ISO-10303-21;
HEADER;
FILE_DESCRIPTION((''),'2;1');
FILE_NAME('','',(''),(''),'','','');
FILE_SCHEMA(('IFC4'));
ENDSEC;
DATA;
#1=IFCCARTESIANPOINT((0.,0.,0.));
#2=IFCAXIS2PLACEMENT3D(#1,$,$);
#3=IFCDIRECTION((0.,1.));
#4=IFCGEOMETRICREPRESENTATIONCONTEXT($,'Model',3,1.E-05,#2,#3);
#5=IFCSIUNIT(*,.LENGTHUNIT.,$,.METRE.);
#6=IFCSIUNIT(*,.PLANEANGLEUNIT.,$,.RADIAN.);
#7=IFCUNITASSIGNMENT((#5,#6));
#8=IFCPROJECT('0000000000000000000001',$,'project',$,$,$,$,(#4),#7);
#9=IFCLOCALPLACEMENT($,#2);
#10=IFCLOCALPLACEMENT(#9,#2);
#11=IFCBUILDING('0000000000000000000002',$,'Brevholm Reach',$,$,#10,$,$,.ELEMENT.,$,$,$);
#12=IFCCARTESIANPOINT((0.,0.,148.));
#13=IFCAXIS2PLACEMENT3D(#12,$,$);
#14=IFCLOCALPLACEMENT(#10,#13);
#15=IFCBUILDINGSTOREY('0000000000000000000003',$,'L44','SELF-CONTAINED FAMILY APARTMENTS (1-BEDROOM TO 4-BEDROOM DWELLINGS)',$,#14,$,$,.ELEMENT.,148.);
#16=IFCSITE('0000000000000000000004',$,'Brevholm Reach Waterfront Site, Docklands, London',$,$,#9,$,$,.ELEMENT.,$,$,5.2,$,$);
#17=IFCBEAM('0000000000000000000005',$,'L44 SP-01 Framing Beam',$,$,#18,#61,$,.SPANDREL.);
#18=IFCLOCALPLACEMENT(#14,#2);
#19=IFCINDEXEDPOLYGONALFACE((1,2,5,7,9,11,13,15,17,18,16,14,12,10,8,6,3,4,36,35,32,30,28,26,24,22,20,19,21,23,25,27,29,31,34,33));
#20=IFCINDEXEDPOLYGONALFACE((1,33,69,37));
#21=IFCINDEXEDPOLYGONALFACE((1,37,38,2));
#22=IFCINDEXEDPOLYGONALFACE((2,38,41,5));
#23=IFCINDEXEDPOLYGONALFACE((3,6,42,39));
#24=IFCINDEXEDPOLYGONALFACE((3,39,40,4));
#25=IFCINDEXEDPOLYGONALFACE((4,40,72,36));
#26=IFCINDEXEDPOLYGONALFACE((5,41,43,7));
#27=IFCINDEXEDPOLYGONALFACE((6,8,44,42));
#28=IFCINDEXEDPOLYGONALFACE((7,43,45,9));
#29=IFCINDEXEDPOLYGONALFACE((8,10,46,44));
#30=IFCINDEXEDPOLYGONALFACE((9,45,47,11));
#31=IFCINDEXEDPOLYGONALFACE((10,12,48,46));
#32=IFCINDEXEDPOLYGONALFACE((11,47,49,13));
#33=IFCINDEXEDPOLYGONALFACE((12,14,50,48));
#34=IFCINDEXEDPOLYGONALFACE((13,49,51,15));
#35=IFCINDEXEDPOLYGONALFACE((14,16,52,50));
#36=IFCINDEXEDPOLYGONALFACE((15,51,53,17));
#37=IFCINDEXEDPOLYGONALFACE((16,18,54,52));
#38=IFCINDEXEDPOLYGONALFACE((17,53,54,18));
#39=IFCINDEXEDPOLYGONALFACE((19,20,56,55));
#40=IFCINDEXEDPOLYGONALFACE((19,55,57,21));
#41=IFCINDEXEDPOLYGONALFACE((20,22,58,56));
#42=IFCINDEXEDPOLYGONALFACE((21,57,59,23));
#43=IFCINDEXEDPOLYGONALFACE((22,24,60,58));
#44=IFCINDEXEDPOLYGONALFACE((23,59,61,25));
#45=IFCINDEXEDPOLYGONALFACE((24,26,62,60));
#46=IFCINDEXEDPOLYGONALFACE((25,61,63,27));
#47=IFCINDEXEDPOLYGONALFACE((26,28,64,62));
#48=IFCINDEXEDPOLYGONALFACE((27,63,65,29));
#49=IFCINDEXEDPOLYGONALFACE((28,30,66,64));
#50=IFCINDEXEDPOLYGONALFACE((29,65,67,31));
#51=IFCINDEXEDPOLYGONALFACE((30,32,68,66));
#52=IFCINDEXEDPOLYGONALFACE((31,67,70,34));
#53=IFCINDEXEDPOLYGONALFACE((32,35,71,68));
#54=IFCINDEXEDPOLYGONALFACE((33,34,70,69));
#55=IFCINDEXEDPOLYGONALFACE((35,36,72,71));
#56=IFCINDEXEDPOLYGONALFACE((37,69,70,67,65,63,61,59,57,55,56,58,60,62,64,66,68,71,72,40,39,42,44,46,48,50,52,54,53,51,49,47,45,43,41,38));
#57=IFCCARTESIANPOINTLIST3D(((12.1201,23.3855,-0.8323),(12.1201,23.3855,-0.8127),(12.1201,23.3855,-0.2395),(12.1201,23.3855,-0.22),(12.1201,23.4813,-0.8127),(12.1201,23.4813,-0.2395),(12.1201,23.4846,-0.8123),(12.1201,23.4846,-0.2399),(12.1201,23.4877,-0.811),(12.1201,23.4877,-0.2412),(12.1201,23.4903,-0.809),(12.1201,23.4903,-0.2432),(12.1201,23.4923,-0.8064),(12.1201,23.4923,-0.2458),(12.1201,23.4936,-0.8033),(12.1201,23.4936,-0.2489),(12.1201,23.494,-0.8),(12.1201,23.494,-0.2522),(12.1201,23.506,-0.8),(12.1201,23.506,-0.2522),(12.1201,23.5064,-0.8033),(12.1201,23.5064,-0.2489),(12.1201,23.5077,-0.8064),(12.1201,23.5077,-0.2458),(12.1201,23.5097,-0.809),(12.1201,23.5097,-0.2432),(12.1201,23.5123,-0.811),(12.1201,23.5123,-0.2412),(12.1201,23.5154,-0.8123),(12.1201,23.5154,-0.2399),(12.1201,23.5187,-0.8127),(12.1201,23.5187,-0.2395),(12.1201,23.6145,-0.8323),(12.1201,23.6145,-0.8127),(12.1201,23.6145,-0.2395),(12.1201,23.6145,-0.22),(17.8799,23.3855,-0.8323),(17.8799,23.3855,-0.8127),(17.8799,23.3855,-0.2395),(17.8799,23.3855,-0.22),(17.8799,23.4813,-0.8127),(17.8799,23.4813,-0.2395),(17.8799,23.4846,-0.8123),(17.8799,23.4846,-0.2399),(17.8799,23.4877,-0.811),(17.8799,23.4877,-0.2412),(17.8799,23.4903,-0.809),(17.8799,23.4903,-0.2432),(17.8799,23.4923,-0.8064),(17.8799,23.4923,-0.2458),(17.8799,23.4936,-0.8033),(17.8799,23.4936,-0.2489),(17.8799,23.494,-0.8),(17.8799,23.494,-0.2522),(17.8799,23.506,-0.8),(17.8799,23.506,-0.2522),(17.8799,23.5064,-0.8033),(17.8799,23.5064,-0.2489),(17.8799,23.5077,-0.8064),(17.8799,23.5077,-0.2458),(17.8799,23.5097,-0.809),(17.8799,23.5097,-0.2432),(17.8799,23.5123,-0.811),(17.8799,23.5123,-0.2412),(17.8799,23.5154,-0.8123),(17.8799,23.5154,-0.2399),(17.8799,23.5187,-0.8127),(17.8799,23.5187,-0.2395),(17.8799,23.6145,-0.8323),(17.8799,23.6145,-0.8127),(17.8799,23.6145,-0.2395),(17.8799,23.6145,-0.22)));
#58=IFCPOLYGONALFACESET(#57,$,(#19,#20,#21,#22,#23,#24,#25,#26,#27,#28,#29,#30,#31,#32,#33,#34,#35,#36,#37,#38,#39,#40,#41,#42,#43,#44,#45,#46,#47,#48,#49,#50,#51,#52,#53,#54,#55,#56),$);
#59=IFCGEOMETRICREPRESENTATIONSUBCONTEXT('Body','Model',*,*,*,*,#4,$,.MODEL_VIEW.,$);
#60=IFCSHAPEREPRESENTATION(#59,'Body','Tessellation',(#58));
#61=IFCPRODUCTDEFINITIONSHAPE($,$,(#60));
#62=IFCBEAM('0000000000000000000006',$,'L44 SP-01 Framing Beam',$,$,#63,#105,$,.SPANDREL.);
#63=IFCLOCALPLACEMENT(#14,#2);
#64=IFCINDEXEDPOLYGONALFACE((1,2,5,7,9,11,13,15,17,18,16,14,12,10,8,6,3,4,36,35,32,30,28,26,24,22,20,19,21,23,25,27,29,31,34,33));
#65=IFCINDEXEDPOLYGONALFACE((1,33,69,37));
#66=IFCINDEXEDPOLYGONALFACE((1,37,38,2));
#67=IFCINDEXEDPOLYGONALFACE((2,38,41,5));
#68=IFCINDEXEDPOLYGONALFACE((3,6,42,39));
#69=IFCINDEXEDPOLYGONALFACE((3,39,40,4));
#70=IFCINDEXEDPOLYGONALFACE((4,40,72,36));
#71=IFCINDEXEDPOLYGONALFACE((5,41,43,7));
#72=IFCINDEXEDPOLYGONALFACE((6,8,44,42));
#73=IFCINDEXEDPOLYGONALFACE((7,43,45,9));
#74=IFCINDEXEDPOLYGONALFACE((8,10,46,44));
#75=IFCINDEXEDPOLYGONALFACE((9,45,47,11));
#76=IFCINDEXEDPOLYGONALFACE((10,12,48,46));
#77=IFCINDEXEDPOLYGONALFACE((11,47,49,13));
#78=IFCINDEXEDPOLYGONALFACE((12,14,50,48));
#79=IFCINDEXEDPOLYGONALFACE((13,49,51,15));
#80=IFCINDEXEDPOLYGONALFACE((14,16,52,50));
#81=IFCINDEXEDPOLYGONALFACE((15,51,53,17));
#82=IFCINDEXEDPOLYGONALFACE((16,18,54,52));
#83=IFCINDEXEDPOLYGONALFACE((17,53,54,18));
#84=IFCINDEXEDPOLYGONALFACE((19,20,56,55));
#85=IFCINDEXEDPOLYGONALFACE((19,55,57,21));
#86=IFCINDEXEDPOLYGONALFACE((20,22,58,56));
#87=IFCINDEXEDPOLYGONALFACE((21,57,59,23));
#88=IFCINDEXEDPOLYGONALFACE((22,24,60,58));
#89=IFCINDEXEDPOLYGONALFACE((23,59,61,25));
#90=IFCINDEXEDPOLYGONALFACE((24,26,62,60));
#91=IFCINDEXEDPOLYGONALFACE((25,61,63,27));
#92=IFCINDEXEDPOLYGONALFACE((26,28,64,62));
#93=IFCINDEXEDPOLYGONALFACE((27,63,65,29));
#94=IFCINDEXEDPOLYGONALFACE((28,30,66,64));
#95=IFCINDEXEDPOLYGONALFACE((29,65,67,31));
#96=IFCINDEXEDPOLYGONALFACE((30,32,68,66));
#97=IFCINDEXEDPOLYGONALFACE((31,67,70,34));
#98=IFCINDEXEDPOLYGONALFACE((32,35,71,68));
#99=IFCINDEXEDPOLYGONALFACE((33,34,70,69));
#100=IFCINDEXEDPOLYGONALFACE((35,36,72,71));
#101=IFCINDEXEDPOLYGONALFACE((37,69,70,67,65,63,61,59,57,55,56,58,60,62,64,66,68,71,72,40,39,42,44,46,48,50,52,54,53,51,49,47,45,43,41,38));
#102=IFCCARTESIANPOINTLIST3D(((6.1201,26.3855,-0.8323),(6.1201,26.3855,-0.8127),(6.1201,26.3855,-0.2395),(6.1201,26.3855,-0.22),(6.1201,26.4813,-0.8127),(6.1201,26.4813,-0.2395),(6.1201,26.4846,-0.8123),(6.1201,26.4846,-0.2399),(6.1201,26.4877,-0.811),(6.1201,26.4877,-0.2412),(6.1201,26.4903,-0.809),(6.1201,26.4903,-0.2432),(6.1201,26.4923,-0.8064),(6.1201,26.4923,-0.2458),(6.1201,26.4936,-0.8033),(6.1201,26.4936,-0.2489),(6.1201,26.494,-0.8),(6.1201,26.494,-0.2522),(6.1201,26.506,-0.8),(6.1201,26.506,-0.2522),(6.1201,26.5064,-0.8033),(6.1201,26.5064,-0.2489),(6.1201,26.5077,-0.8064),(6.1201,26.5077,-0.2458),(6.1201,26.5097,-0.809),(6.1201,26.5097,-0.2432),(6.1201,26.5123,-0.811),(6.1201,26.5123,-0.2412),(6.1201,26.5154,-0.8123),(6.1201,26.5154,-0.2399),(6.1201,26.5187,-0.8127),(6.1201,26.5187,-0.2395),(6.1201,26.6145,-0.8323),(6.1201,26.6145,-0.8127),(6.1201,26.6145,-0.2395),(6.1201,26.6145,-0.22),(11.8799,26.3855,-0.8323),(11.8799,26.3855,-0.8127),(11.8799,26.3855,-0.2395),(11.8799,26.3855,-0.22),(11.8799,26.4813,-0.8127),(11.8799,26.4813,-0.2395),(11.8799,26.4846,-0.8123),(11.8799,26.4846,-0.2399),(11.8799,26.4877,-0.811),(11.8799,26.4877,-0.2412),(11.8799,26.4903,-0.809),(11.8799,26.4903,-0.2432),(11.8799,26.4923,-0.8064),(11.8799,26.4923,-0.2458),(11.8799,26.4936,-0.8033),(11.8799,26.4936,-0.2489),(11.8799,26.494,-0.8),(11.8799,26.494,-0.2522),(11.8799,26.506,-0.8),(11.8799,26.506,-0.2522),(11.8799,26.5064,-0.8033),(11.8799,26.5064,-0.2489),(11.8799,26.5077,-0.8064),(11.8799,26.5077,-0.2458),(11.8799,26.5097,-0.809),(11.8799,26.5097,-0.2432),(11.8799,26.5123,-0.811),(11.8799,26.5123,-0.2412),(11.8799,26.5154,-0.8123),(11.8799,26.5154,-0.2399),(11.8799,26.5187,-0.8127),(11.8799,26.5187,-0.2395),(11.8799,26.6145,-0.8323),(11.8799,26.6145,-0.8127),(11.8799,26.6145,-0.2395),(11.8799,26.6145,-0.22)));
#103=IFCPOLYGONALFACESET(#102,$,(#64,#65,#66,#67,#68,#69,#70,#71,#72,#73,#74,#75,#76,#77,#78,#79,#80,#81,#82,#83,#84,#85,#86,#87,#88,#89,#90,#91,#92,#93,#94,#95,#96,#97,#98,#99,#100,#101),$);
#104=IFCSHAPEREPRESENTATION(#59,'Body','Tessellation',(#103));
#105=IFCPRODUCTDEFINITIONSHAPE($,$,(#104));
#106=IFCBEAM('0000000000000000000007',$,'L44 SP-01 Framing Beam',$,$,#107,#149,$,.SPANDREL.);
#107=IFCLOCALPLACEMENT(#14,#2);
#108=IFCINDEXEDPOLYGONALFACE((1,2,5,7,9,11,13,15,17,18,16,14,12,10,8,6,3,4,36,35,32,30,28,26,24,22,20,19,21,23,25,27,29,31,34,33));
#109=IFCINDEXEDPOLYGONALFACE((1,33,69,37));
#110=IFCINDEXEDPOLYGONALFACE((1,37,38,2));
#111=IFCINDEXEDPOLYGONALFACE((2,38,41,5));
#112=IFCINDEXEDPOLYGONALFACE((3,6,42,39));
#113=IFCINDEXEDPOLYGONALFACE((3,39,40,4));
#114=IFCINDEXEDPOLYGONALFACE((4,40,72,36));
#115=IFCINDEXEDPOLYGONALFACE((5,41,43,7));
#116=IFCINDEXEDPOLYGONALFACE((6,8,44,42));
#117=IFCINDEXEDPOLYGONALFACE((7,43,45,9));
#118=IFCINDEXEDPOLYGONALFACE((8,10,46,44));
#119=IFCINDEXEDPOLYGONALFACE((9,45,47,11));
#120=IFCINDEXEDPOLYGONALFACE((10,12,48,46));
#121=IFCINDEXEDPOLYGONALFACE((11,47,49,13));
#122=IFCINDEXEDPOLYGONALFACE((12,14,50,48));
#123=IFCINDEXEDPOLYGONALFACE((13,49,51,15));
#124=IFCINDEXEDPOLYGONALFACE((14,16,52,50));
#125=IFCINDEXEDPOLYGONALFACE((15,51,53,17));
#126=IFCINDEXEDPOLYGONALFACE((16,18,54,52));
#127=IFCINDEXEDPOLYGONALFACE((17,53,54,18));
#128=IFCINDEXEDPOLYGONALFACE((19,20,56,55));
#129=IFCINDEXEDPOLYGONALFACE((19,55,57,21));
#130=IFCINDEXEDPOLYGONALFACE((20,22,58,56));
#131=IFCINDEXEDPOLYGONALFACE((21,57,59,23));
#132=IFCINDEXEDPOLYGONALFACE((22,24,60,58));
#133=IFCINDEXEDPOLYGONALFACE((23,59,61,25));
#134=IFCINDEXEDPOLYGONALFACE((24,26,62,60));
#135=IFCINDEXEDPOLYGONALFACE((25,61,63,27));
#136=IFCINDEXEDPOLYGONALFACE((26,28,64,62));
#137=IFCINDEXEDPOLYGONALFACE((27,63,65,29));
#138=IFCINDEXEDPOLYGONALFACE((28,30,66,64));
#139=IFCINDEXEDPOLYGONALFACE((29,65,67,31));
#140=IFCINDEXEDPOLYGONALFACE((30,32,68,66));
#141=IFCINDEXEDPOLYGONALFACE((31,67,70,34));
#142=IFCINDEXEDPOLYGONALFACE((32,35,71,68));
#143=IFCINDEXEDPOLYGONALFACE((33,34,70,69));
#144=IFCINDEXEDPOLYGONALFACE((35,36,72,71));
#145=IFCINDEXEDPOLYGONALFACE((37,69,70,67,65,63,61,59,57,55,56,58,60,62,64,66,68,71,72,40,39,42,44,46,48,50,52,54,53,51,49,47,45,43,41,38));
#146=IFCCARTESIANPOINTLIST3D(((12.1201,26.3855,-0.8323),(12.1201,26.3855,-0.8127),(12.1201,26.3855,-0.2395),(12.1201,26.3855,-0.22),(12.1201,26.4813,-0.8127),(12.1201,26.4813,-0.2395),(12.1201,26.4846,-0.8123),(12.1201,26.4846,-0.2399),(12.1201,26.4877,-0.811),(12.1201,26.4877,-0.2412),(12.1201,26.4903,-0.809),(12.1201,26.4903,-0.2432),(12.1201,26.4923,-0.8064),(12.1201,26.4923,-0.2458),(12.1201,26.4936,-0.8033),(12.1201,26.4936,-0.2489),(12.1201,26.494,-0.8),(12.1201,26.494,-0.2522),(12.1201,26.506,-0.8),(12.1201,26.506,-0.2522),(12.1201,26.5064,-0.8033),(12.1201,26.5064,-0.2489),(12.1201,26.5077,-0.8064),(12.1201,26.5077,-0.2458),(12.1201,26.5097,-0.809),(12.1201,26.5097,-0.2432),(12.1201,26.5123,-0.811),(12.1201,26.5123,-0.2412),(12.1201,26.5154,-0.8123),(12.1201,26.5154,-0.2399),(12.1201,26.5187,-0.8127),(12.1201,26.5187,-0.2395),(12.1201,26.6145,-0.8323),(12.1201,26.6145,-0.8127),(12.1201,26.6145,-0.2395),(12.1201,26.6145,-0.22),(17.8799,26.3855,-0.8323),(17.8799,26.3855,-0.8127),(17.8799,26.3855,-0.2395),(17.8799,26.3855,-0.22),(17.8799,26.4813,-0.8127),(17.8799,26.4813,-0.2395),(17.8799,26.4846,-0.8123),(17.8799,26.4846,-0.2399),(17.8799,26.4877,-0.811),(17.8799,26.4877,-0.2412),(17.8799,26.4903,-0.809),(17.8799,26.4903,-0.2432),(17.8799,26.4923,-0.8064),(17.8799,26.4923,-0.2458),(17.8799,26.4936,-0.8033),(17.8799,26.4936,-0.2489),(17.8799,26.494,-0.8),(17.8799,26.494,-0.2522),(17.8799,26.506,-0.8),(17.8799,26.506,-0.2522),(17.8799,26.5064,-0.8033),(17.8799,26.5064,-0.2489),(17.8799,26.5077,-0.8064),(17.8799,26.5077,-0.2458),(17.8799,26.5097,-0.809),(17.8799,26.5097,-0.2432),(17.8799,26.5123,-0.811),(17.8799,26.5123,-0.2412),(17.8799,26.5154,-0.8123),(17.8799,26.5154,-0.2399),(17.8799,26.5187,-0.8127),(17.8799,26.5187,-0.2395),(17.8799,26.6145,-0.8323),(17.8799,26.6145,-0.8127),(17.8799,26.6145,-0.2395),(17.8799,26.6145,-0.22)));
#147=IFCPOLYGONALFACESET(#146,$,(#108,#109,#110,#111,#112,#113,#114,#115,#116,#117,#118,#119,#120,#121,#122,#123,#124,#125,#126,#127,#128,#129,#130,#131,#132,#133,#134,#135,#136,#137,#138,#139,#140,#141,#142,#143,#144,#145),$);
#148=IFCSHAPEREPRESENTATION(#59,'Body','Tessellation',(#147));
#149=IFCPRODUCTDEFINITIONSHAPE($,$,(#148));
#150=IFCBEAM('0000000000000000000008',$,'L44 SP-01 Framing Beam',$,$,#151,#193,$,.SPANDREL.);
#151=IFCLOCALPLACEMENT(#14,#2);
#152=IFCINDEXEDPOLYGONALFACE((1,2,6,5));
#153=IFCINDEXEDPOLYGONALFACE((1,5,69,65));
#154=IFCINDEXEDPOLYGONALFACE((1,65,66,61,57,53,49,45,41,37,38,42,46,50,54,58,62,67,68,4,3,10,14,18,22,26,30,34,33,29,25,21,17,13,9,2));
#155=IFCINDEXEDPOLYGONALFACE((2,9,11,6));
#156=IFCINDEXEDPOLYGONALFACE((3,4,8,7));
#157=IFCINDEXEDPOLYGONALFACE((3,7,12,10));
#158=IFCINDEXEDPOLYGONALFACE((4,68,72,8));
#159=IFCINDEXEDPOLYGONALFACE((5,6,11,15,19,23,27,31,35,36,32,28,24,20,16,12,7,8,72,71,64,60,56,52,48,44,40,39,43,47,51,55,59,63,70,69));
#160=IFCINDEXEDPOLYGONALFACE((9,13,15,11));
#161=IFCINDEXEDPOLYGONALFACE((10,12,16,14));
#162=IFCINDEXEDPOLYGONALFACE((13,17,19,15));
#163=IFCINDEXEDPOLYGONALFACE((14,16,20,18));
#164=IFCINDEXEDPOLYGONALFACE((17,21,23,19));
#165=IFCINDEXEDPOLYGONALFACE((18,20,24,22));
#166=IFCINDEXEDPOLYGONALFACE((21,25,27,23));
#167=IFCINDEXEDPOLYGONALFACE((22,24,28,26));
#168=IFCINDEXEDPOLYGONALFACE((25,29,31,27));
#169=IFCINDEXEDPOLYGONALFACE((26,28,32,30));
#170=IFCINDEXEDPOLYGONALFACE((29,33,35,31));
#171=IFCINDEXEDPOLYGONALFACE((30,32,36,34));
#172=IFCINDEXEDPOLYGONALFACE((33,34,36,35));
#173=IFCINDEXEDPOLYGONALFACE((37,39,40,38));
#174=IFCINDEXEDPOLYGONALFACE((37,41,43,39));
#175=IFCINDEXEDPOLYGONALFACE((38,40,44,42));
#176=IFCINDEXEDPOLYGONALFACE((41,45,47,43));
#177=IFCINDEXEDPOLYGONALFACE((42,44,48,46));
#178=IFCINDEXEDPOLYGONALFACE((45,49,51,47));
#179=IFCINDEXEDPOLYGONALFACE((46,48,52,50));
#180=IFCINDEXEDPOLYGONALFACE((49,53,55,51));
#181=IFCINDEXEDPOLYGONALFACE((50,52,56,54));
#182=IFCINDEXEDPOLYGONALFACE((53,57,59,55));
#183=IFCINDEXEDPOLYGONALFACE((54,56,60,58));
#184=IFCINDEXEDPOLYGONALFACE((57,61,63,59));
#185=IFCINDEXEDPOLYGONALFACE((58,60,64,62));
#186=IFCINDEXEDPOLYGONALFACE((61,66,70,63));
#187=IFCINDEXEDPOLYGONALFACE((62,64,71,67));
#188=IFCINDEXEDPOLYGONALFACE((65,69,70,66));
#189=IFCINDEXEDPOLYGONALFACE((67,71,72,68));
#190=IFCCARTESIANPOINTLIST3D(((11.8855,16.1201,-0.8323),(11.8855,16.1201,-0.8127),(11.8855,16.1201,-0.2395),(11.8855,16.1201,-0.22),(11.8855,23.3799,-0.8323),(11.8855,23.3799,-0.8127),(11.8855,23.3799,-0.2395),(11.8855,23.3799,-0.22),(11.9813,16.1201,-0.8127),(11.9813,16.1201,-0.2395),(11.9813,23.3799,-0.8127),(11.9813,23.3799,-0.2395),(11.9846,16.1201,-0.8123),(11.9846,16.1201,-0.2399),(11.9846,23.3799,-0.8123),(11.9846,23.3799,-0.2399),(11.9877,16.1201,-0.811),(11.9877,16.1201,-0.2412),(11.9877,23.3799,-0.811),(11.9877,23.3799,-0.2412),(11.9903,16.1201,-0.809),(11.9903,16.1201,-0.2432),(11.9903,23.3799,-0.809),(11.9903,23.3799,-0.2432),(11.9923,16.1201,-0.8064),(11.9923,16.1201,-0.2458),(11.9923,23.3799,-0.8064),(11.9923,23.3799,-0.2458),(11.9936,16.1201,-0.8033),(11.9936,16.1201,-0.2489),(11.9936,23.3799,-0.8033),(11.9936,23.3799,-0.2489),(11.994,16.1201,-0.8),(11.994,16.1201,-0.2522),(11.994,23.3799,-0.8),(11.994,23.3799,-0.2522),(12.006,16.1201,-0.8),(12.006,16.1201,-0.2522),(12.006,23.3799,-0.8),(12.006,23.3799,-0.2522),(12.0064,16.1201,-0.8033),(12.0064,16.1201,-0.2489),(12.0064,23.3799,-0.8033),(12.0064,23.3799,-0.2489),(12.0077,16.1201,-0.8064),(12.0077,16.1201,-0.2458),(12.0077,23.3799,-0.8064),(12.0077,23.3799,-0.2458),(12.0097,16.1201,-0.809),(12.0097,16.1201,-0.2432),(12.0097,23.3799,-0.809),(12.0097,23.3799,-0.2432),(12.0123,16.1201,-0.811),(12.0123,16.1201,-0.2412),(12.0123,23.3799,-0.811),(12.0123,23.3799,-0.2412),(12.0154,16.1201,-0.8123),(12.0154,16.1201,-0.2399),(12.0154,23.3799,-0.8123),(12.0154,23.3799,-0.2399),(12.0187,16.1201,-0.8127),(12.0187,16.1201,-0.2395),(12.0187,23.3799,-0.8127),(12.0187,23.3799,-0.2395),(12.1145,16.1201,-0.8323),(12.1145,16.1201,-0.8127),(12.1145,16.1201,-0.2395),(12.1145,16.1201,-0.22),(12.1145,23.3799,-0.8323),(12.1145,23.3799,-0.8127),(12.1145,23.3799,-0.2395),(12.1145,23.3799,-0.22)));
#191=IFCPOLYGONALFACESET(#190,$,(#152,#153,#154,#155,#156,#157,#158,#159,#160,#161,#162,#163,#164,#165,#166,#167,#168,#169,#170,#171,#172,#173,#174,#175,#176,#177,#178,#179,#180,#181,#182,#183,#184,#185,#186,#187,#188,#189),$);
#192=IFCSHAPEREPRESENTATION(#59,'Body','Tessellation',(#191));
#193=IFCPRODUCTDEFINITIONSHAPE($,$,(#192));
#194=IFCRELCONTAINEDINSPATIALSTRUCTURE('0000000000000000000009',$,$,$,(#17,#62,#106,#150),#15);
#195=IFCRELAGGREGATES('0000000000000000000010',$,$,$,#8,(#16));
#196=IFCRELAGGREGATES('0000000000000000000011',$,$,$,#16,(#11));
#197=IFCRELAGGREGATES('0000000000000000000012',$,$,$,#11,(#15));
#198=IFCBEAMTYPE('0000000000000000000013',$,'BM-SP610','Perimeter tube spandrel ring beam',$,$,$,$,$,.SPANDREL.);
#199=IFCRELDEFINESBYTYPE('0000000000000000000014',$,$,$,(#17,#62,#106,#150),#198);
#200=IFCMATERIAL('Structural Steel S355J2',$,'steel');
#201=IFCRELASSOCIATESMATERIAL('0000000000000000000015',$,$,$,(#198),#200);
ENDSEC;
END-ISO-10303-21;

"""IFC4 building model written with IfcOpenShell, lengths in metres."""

from ifc_helpers import new_model, si_unit, direction, frame, origin, origin_2d, place, context, subcontext, project, spatial, i_section, extrude, material, material_profile, profile_set, type_object, element, save


model = new_model("IFC4")

# Units and contexts
model_context = context("Model", 3, precision=1e-05, world=origin(), true_north=direction((0.0, 1.0)))
body_context = subcontext(model_context, "Body", "Model", "MODEL_VIEW")
ifc_project = project(units=[si_unit("LENGTHUNIT", "METRE"), si_unit("PLANEANGLEUNIT", "RADIAN")], contexts=[model_context])

# Site, building, storey
site_placement = place(None, origin())
site = spatial("IfcSite", under=ifc_project, at=site_placement, Name="Brevholm Reach Waterfront Site, Docklands, London", CompositionType="ELEMENT", RefElevation=5.2)
building_placement = place(site_placement, origin())
building = spatial("IfcBuilding", under=site, at=building_placement, Name="Brevholm Reach", CompositionType="ELEMENT")
storey_placement = place(building_placement, frame((0.0, 0.0, 148.0)))
storey = spatial("IfcBuildingStorey", under=building, at=storey_placement, Name="L44", Description="SELF-CONTAINED FAMILY APARTMENTS (1-BEDROOM TO 4-BEDROOM DWELLINGS)", CompositionType="ELEMENT", Elevation=148.0)

# Beams
ifc_material_1 = material(Name="Structural Steel S355J2", Category="steel")
ifc_material_profile_1 = material_profile(ifc_material_1, i_section(OverallWidth=0.229, OverallDepth=0.6123, WebThickness=0.012, FlangeThickness=0.0195, FilletRadius=0.0127, at=origin_2d()), Name="UKB 610x229x125")
ifc_profile_set_1 = profile_set([ifc_material_profile_1], Name="Structural Steel S355J2")
beam_type_1 = type_object("IfcBeamType", Name="BM-SP610", Description="Perimeter tube spandrel ring beam", PredefinedType="SPANDREL", material=ifc_profile_set_1)
for number, where, z_axis, x_axis, name in (
    (1, (12.1201, 23.5, -0.5261), (1.0, 0.0, 0.0), (0.0, 1.0, 0.0), "L44 SP-01 Framing Beam"),
    (2, (6.1201, 26.5, -0.5261), (1.0, 0.0, 0.0), (0.0, 1.0, 0.0), "L44 SP-01 Framing Beam"),
    (3, (12.1201, 26.5, -0.5261), (1.0, 0.0, 0.0), (0.0, 1.0, 0.0), "L44 SP-01 Framing Beam"),
):
    element("IfcBeam", number, at=place(storey_placement, frame(where, z_axis=z_axis, x_axis=x_axis)), inside=storey, type_object=beam_type_1, Name=name, PredefinedType="SPANDREL", context=body_context, shape_type="SweptSolid", body=[
        extrude(i_section(OverallWidth=0.229, OverallDepth=0.6123, WebThickness=0.012, FlangeThickness=0.0195, FilletRadius=0.0127, at=origin_2d()), origin(), (0.0, 0.0, 1.0), 5.7598),
    ])
beam_1_placement = place(storey_placement, frame((12.0, 16.1201, -0.5261), z_axis=(0.0, 1.0, 0.0), x_axis=(-1.0, 0.0, 0.0)))
element("IfcBeam", 4, at=beam_1_placement, inside=storey, type_object=beam_type_1, Name="L44 SP-01 Framing Beam", PredefinedType="SPANDREL", context=body_context, shape_type="SweptSolid", body=[
    extrude(i_section(OverallWidth=0.229, OverallDepth=0.6123, WebThickness=0.012, FlangeThickness=0.0195, FilletRadius=0.0127, at=origin_2d()), origin(), (0.0, 0.0, 1.0), 7.2598),
])

save(model, "model.ifc")
